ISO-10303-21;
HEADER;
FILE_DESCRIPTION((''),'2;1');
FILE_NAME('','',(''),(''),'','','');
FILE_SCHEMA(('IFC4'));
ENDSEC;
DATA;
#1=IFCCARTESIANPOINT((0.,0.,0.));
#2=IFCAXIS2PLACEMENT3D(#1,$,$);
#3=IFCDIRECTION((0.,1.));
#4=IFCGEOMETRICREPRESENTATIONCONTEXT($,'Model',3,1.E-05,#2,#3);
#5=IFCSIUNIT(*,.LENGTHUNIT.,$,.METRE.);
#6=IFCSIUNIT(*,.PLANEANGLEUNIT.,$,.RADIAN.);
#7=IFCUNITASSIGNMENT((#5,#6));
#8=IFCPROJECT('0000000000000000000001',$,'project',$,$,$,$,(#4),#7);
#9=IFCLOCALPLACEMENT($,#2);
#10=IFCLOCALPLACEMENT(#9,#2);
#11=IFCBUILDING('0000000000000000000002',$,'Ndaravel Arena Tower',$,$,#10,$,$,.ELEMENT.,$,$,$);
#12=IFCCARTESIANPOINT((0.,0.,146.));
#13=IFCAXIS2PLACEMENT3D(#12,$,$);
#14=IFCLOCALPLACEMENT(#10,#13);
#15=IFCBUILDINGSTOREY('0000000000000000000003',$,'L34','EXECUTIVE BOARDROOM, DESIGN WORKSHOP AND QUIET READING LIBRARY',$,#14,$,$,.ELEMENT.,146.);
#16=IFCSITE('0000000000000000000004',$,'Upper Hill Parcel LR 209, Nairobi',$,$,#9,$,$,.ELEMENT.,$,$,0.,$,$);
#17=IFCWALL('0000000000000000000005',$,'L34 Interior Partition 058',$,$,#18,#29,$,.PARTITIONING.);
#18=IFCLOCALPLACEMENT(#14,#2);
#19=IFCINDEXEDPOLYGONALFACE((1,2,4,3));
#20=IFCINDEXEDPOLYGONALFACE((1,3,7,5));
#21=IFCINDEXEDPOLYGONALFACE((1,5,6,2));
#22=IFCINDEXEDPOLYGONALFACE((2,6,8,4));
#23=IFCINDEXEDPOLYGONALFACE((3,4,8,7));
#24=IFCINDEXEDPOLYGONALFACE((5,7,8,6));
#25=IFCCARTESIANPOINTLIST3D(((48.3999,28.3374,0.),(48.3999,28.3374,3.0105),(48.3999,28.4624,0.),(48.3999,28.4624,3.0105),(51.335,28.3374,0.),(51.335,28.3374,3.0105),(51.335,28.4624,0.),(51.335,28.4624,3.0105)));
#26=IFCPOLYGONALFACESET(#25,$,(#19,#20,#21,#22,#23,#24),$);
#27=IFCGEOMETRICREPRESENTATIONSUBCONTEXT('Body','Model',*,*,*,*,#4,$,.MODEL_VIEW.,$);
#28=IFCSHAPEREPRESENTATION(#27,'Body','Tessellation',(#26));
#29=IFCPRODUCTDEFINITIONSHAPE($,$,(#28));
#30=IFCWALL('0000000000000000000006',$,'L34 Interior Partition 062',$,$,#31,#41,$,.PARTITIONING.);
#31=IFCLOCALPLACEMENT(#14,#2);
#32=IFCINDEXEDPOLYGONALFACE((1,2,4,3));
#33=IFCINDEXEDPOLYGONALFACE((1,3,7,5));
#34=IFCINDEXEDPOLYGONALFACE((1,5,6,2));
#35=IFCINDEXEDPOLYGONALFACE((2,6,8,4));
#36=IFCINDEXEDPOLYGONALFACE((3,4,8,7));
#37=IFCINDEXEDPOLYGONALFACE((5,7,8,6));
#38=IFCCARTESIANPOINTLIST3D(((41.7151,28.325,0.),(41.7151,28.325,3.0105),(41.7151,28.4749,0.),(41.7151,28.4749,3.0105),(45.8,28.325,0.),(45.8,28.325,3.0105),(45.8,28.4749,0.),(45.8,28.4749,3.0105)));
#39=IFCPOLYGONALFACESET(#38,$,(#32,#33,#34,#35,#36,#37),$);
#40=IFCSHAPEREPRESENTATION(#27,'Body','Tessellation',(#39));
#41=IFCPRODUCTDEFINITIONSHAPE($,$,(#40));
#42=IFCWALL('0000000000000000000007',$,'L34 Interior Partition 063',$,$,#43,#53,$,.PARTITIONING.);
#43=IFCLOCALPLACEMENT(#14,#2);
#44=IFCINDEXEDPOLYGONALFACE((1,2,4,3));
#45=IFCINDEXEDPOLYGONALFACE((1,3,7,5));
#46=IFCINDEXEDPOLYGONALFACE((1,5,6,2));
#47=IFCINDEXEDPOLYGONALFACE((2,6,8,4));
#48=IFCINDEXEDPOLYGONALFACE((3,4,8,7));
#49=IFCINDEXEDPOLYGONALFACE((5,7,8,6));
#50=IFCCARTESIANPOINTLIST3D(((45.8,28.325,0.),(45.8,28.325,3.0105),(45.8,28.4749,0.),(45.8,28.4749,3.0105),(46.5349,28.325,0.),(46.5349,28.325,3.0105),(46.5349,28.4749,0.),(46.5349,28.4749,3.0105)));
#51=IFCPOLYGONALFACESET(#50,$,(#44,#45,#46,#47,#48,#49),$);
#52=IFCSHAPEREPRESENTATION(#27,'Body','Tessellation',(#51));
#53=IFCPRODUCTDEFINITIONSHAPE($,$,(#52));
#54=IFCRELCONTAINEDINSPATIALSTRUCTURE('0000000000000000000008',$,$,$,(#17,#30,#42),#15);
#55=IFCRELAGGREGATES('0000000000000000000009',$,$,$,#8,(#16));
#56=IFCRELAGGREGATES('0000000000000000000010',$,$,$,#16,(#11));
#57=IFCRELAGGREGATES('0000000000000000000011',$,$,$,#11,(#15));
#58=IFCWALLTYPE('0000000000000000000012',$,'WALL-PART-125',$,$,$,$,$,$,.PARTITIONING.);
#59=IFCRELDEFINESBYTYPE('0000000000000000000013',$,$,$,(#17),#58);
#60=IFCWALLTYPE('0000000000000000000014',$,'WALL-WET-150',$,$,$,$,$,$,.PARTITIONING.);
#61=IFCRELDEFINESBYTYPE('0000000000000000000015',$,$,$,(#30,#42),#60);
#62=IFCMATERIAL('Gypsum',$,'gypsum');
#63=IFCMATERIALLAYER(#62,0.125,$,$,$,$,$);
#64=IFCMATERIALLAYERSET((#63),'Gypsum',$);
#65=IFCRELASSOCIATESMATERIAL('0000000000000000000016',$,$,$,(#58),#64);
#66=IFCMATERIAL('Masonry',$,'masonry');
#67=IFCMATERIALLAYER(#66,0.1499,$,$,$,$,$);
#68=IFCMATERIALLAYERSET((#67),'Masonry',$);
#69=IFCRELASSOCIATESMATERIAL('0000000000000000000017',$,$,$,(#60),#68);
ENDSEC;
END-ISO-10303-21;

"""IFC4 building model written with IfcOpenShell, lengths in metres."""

from ifc_helpers import new_model, si_unit, direction, frame, frame_2d, origin, place, context, subcontext, project, spatial, rectangle, extrude, material, layer, layer_set, type_object, element, save


model = new_model("IFC4")

# Units and contexts
model_context = context("Model", 3, precision=1e-05, world=origin(), true_north=direction((0.0, 1.0)))
body_context = subcontext(model_context, "Body", "Model", "MODEL_VIEW")
ifc_project = project(units=[si_unit("LENGTHUNIT", "METRE"), si_unit("PLANEANGLEUNIT", "RADIAN")], contexts=[model_context])

# Site, building, storey
site_placement = place(None, origin())
site = spatial("IfcSite", under=ifc_project, at=site_placement, Name="Upper Hill Parcel LR 209, Nairobi", CompositionType="ELEMENT", RefElevation=0.0)
building_placement = place(site_placement, origin())
building = spatial("IfcBuilding", under=site, at=building_placement, Name="Ndaravel Arena Tower", CompositionType="ELEMENT")
storey_placement = place(building_placement, frame((0.0, 0.0, 146.0)))
storey = spatial("IfcBuildingStorey", under=building, at=storey_placement, Name="L34", Description="EXECUTIVE BOARDROOM, DESIGN WORKSHOP AND QUIET READING LIBRARY", CompositionType="ELEMENT", Elevation=146.0)

# Shared definitions
ifc_material_1 = material(Name="Gypsum", Category="gypsum")
ifc_layer_1 = layer(ifc_material_1, 0.125)
ifc_layer_set_1 = layer_set([ifc_layer_1], Name="Gypsum")
wall_type_1 = type_object("IfcWallType", Name="WALL-PART-125", PredefinedType="PARTITIONING", material=ifc_layer_set_1)

# Walls
wall_1_placement = place(storey_placement, frame((48.3999, 28.3999, 0.0), z_axis=(0.0, 0.0, 1.0), x_axis=(1.0, 0.0, 0.0)))
element("IfcWall", 1, at=wall_1_placement, inside=storey, type_object=wall_type_1, Name="L34 Interior Partition 058", PredefinedType="PARTITIONING", context=body_context, shape_type="SweptSolid", body=[
    extrude(rectangle(XDim=2.9351, YDim=0.125, at=frame_2d((1.4675, 0.0))), origin(), (0.0, 0.0, 1.0), 3.0105),
])
ifc_material_2 = material(Name="Masonry", Category="masonry")
ifc_layer_2 = layer(ifc_material_2, 0.1499)
ifc_layer_set_2 = layer_set([ifc_layer_2], Name="Masonry")
wall_type_2 = type_object("IfcWallType", Name="WALL-WET-150", PredefinedType="PARTITIONING", material=ifc_layer_set_2)
wall_2_placement = place(storey_placement, frame((41.7151, 28.3999, 0.0), z_axis=(0.0, 0.0, 1.0), x_axis=(1.0, 0.0, 0.0)))
element("IfcWall", 2, at=wall_2_placement, inside=storey, type_object=wall_type_2, Name="L34 Interior Partition 062", PredefinedType="PARTITIONING", context=body_context, shape_type="SweptSolid", body=[
    extrude(rectangle(XDim=4.085, YDim=0.1499, at=frame_2d((2.0425, 0.0))), origin(), (0.0, 0.0, 1.0), 3.0105),
])
wall_3_placement = place(storey_placement, frame((45.8, 28.3999, 0.0), z_axis=(0.0, 0.0, 1.0), x_axis=(1.0, 0.0, 0.0)))
element("IfcWall", 3, at=wall_3_placement, inside=storey, type_object=wall_type_2, Name="L34 Interior Partition 063", PredefinedType="PARTITIONING", context=body_context, shape_type="SweptSolid", body=[
    extrude(rectangle(XDim=0.7349, YDim=0.1499, at=frame_2d((0.3674, 0.0))), origin(), (0.0, 0.0, 1.0), 3.0105),
])

save(model, "model.ifc")
